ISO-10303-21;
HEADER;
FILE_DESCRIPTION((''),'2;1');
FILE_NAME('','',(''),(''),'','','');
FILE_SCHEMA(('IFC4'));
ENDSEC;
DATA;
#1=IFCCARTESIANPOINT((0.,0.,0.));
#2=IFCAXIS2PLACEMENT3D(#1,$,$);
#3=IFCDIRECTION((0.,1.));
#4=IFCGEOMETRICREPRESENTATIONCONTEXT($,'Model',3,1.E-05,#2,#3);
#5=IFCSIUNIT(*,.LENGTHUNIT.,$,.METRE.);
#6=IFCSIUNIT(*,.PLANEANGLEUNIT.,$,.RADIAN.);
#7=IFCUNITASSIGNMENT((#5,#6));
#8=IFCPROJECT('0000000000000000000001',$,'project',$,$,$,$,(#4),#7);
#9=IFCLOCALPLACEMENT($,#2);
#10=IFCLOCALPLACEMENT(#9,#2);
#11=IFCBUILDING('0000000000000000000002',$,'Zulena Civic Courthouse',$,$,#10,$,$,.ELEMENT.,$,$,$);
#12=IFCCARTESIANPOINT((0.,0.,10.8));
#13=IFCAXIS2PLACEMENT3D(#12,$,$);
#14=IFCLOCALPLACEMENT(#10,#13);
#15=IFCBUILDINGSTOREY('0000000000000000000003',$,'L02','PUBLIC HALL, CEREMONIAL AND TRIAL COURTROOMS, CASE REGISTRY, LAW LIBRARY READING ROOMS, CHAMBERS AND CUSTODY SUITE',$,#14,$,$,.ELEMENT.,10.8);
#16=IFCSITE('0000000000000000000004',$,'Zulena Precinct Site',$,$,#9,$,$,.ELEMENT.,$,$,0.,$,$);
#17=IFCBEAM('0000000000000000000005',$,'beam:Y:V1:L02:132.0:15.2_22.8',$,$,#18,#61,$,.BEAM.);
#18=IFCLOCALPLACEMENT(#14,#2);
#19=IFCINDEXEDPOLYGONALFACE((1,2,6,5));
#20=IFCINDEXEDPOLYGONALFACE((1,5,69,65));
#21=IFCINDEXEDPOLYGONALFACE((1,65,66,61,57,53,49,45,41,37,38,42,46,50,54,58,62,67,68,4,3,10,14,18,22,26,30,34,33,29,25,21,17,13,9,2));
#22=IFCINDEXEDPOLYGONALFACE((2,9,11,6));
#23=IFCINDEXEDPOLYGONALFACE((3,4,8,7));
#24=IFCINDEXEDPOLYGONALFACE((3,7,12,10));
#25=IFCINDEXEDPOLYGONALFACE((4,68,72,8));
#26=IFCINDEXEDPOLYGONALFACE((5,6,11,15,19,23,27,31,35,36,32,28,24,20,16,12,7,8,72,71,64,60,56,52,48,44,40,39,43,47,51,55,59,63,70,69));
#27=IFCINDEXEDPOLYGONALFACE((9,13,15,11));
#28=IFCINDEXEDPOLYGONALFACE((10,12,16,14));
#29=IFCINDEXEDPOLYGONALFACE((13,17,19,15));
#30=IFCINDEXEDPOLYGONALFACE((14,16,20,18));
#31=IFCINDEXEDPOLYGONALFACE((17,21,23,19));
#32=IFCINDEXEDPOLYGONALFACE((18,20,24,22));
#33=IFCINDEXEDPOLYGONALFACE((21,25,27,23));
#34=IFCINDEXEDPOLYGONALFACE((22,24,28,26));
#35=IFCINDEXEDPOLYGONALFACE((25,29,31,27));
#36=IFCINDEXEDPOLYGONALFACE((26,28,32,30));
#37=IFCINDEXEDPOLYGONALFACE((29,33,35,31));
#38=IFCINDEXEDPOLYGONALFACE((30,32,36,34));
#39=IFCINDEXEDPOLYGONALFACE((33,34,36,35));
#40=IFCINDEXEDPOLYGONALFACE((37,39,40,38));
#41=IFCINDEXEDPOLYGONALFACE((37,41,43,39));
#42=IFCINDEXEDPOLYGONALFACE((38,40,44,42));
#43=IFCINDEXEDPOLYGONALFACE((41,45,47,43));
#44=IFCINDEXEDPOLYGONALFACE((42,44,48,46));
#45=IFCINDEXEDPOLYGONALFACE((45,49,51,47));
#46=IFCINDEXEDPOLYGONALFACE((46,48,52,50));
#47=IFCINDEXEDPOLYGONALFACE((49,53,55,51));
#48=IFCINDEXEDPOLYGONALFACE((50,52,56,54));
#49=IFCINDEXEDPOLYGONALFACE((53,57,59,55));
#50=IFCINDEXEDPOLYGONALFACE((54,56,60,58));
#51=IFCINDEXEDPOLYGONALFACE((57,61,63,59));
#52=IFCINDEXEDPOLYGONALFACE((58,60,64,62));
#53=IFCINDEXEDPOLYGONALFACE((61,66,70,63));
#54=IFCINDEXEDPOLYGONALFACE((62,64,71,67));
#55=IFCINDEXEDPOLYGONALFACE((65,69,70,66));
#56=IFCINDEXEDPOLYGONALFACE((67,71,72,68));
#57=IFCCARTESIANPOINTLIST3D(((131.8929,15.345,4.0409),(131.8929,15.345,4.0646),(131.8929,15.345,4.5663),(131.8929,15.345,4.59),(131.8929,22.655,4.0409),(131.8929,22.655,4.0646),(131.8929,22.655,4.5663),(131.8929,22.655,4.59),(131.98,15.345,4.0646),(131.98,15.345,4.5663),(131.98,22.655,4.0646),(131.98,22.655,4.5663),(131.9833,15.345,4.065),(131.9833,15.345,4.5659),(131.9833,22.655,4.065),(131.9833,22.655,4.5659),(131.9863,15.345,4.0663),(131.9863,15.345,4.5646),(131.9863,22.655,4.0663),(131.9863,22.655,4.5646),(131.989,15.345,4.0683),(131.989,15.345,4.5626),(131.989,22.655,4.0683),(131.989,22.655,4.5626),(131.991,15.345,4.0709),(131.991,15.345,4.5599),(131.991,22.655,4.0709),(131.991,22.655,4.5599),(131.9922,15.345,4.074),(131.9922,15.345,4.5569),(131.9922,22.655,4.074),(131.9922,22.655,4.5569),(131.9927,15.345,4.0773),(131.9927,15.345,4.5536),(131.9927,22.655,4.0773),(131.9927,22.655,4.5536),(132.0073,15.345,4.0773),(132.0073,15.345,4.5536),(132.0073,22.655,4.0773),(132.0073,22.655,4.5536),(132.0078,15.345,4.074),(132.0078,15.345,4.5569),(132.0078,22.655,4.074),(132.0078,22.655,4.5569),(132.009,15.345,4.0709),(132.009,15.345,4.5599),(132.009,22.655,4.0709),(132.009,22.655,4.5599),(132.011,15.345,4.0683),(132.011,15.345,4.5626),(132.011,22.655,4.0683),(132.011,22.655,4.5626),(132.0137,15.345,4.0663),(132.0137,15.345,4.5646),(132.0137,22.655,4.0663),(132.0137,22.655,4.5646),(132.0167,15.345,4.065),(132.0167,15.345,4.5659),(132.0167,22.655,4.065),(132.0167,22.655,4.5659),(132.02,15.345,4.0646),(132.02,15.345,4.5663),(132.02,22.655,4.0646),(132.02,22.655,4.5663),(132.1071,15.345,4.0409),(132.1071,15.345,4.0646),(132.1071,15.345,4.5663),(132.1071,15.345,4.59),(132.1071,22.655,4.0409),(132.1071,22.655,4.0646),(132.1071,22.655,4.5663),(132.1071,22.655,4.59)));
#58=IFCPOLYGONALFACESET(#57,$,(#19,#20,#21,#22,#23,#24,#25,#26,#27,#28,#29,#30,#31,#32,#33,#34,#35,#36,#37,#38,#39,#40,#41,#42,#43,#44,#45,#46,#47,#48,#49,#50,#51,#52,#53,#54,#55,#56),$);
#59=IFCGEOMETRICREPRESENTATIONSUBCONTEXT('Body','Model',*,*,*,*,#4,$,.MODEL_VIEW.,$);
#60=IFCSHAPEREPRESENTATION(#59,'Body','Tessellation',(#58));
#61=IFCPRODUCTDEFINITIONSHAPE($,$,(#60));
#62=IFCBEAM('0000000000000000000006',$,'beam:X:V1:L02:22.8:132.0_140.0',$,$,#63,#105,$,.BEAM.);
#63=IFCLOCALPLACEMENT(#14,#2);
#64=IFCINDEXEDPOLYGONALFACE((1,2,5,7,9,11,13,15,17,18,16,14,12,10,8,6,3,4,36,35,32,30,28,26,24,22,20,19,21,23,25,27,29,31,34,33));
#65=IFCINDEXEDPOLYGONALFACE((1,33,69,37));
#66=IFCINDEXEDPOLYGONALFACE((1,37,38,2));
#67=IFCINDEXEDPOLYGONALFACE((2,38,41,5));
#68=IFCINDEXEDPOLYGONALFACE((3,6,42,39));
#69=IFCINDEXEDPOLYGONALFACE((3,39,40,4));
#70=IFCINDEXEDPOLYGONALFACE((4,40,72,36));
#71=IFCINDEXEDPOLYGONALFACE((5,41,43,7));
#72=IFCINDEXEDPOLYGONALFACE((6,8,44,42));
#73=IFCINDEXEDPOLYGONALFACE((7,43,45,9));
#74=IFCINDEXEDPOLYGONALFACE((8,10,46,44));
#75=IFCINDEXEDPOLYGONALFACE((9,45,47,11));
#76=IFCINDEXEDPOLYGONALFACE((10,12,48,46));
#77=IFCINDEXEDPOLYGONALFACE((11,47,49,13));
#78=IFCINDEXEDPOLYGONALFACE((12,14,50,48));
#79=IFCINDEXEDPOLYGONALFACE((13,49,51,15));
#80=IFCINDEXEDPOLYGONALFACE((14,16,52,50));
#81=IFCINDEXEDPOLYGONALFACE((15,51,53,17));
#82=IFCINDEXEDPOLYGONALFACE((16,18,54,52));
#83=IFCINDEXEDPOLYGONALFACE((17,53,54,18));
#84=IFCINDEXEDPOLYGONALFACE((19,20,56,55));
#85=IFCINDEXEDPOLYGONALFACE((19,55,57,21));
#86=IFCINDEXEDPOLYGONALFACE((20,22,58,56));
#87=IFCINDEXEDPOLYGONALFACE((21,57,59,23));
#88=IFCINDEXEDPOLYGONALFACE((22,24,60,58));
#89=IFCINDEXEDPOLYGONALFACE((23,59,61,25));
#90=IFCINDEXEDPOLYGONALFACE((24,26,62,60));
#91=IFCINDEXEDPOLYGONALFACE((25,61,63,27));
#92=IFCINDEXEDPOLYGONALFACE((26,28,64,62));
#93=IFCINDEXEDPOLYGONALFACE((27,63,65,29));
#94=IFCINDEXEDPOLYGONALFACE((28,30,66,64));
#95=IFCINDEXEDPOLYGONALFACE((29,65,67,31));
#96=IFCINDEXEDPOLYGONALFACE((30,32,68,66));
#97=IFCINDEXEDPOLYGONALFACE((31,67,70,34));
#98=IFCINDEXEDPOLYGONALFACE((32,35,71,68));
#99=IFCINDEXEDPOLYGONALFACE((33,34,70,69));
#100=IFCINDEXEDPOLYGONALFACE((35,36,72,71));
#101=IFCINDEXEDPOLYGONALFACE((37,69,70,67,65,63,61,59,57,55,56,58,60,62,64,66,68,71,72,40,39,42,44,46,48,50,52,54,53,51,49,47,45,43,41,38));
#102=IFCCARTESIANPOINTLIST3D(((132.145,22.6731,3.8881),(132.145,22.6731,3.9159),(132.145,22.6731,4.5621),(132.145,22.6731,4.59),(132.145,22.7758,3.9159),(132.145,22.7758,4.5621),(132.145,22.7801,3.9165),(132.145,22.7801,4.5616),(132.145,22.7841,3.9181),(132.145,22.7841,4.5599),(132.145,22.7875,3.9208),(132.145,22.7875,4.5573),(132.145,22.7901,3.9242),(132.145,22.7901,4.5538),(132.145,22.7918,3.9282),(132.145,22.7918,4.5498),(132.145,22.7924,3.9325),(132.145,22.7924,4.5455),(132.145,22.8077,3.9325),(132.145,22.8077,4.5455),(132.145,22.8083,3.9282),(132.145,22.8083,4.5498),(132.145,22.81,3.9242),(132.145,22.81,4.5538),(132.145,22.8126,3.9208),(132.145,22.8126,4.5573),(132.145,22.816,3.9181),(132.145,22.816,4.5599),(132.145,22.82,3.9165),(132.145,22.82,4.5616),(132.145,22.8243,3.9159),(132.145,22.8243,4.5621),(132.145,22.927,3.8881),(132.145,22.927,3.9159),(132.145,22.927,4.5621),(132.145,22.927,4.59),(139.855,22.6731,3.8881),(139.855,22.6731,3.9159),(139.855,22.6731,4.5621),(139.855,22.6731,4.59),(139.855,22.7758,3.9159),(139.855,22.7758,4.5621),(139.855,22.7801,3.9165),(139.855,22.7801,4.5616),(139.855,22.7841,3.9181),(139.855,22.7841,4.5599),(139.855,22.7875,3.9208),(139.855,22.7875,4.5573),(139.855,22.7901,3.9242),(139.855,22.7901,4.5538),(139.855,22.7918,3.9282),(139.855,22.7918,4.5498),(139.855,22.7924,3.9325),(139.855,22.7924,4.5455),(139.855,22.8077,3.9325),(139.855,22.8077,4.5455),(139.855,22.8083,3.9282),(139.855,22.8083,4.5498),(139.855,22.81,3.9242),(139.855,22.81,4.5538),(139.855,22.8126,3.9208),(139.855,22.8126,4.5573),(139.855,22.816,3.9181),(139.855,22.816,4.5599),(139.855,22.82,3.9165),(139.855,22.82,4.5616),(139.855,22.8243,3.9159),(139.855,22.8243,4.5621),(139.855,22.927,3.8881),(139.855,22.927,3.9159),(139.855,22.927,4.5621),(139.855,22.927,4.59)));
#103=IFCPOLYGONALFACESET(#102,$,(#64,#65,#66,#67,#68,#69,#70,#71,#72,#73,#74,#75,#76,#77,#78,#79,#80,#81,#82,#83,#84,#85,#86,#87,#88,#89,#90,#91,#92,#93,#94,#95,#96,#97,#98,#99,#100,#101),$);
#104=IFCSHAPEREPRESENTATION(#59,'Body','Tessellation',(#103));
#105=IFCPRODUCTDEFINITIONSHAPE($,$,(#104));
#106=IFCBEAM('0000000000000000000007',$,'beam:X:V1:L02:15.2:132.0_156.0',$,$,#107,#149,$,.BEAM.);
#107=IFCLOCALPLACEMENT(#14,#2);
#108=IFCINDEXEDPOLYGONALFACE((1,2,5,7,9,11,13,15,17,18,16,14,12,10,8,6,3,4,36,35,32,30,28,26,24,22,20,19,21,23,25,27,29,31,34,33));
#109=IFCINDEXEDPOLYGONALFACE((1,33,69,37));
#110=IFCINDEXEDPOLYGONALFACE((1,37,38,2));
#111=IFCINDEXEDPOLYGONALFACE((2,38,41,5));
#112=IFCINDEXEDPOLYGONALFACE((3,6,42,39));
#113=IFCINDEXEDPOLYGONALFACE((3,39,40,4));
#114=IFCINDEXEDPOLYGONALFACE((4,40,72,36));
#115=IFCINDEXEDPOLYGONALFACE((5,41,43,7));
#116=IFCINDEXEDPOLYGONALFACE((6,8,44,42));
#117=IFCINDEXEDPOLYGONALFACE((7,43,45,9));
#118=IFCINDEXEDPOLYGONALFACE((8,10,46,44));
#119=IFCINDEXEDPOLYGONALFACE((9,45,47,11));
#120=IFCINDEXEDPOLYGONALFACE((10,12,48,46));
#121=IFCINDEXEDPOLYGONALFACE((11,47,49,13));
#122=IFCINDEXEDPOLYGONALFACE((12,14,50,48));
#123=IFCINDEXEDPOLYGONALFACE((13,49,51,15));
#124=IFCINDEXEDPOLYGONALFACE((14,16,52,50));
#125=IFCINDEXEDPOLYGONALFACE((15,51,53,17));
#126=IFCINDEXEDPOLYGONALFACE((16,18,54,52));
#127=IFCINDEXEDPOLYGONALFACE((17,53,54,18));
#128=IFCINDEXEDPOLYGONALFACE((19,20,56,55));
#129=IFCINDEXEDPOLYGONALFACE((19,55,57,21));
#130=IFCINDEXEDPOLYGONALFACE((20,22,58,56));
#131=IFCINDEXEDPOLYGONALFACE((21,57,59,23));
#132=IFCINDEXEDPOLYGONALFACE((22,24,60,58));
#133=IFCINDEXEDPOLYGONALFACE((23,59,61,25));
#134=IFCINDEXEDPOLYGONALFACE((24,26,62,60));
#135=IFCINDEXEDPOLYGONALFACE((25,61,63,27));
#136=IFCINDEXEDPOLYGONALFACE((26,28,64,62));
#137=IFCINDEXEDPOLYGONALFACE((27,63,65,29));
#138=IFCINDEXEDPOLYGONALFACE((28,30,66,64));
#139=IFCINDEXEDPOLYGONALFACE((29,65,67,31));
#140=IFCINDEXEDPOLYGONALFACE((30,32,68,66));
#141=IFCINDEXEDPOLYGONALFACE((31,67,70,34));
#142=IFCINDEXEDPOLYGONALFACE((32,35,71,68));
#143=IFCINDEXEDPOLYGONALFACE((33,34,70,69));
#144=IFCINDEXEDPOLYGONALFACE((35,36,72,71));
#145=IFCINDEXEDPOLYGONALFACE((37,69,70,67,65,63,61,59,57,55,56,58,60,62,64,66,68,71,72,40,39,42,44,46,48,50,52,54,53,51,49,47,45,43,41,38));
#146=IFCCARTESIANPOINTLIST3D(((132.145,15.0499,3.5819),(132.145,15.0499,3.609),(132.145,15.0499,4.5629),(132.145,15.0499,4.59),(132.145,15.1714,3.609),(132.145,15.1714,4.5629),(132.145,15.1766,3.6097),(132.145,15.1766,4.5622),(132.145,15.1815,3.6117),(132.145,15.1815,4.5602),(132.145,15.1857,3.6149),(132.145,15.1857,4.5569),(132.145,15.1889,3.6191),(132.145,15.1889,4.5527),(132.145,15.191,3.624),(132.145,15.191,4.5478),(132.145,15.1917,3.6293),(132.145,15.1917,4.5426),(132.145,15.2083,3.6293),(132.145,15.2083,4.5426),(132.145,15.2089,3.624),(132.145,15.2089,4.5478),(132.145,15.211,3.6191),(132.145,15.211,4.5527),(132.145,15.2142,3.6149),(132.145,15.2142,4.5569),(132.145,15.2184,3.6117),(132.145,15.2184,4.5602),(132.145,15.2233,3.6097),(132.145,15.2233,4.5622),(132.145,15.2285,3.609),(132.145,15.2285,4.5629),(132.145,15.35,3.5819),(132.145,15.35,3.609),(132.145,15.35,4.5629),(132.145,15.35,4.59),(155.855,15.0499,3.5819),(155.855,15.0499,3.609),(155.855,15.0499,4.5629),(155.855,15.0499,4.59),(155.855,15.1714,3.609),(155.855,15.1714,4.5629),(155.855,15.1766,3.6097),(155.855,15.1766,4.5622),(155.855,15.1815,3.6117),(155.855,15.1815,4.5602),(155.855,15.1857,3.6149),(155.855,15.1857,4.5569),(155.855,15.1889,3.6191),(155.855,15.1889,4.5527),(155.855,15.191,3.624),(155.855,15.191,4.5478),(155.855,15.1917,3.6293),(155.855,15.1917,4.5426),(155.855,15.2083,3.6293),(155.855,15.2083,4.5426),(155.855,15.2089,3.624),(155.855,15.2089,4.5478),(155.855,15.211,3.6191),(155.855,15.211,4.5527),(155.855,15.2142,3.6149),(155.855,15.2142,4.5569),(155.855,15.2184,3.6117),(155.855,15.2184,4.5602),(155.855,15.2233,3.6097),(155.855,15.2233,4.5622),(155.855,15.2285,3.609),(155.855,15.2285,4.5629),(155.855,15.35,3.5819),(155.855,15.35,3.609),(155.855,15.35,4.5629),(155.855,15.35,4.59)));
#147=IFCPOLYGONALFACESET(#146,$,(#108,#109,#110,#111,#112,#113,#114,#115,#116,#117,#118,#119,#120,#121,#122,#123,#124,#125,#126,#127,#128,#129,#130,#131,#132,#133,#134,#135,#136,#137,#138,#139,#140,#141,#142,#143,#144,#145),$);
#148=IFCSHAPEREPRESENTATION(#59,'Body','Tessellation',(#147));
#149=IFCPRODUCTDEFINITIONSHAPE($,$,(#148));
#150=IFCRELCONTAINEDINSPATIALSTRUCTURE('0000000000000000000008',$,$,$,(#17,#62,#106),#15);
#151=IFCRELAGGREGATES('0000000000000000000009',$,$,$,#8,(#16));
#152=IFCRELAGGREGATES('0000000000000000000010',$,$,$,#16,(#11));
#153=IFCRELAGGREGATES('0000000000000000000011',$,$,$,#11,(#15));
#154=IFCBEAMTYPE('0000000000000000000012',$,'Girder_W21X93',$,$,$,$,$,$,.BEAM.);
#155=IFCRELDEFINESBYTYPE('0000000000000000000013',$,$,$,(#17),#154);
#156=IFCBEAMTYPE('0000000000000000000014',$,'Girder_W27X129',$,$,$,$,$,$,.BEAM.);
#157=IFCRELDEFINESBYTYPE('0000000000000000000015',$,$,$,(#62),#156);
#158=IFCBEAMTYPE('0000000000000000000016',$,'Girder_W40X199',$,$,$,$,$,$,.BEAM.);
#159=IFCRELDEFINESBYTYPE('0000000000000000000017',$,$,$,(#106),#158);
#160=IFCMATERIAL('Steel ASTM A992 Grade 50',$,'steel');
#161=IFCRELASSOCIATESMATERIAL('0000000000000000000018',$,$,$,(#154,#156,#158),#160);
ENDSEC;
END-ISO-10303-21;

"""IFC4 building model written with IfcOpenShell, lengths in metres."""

from ifc_helpers import new_model, si_unit, direction, frame, origin, origin_2d, place, context, subcontext, project, spatial, i_section, extrude, material, material_profile, profile_set, type_object, element, save


model = new_model("IFC4")

# Units and contexts
model_context = context("Model", 3, precision=1e-05, world=origin(), true_north=direction((0.0, 1.0)))
body_context = subcontext(model_context, "Body", "Model", "MODEL_VIEW")
ifc_project = project(units=[si_unit("LENGTHUNIT", "METRE"), si_unit("PLANEANGLEUNIT", "RADIAN")], contexts=[model_context])

# Site, building, storey
site_placement = place(None, origin())
site = spatial("IfcSite", under=ifc_project, at=site_placement, Name="Zulena Precinct Site", CompositionType="ELEMENT", RefElevation=0.0)
building_placement = place(site_placement, origin())
building = spatial("IfcBuilding", under=site, at=building_placement, Name="Zulena Civic Courthouse", CompositionType="ELEMENT")
storey_placement = place(building_placement, frame((0.0, 0.0, 10.8)))
storey = spatial("IfcBuildingStorey", under=building, at=storey_placement, Name="L02", Description="PUBLIC HALL, CEREMONIAL AND TRIAL COURTROOMS, CASE REGISTRY, LAW LIBRARY READING ROOMS, CHAMBERS AND CUSTODY SUITE", CompositionType="ELEMENT", Elevation=10.8)

# Shared definitions
ifc_material_1 = material(Name="Steel ASTM A992 Grade 50", Category="steel")

# Beams
ifc_material_profile_1 = material_profile(ifc_material_1, i_section(OverallWidth=0.2141, OverallDepth=0.5491, WebThickness=0.0146, FlangeThickness=0.0237, FilletRadius=0.0127, at=origin_2d()), Name="W21X93")
ifc_profile_set_1 = profile_set([ifc_material_profile_1], Name="Steel ASTM A992 Grade 50")
beam_type_1 = type_object("IfcBeamType", Name="Girder_W21X93", PredefinedType="BEAM", material=ifc_profile_set_1)
beam_1_placement = place(storey_placement, frame((132.0, 15.345, 4.3154), z_axis=(0.0, 1.0, 0.0), x_axis=(-1.0, 0.0, 0.0)))
element("IfcBeam", 1, at=beam_1_placement, inside=storey, type_object=beam_type_1, Name="beam:Y:V1:L02:132.0:15.2_22.8", PredefinedType="BEAM", context=body_context, shape_type="SweptSolid", body=[
    extrude(i_section(OverallWidth=0.2141, OverallDepth=0.5491, WebThickness=0.0146, FlangeThickness=0.0237, FilletRadius=0.0127, at=origin_2d()), origin(), (0.0, 0.0, 1.0), 7.3101),
])
ifc_material_profile_2 = material_profile(ifc_material_1, i_section(OverallWidth=0.2539, OverallDepth=0.7019, WebThickness=0.0154, FlangeThickness=0.0278, FilletRadius=0.0166, at=origin_2d()), Name="W27X129")
ifc_profile_set_2 = profile_set([ifc_material_profile_2], Name="Steel ASTM A992 Grade 50")
beam_type_2 = type_object("IfcBeamType", Name="Girder_W27X129", PredefinedType="BEAM", material=ifc_profile_set_2)
beam_2_placement = place(storey_placement, frame((132.145, 22.8, 4.239), z_axis=(1.0, 0.0, 0.0), x_axis=(0.0, 1.0, 0.0)))
element("IfcBeam", 2, at=beam_2_placement, inside=storey, type_object=beam_type_2, Name="beam:X:V1:L02:22.8:132.0_140.0", PredefinedType="BEAM", context=body_context, shape_type="SweptSolid", body=[
    extrude(i_section(OverallWidth=0.2539, OverallDepth=0.7019, WebThickness=0.0154, FlangeThickness=0.0278, FilletRadius=0.0166, at=origin_2d()), origin(), (0.0, 0.0, 1.0), 7.71),
])
ifc_material_profile_3 = material_profile(ifc_material_1, i_section(OverallWidth=0.3, OverallDepth=1.0081, WebThickness=0.0166, FlangeThickness=0.0271, FilletRadius=0.0203, at=origin_2d()), Name="W40X199")
ifc_profile_set_3 = profile_set([ifc_material_profile_3], Name="Steel ASTM A992 Grade 50")
beam_type_3 = type_object("IfcBeamType", Name="Girder_W40X199", PredefinedType="BEAM", material=ifc_profile_set_3)
beam_3_placement = place(storey_placement, frame((132.145, 15.2, 4.0859), z_axis=(1.0, 0.0, 0.0), x_axis=(0.0, 1.0, 0.0)))
element("IfcBeam", 3, at=beam_3_placement, inside=storey, type_object=beam_type_3, Name="beam:X:V1:L02:15.2:132.0_156.0", PredefinedType="BEAM", context=body_context, shape_type="SweptSolid", body=[
    extrude(i_section(OverallWidth=0.3, OverallDepth=1.0081, WebThickness=0.0166, FlangeThickness=0.0271, FilletRadius=0.0203, at=origin_2d()), origin(), (0.0, 0.0, 1.0), 23.71),
])

save(model, "model.ifc")
